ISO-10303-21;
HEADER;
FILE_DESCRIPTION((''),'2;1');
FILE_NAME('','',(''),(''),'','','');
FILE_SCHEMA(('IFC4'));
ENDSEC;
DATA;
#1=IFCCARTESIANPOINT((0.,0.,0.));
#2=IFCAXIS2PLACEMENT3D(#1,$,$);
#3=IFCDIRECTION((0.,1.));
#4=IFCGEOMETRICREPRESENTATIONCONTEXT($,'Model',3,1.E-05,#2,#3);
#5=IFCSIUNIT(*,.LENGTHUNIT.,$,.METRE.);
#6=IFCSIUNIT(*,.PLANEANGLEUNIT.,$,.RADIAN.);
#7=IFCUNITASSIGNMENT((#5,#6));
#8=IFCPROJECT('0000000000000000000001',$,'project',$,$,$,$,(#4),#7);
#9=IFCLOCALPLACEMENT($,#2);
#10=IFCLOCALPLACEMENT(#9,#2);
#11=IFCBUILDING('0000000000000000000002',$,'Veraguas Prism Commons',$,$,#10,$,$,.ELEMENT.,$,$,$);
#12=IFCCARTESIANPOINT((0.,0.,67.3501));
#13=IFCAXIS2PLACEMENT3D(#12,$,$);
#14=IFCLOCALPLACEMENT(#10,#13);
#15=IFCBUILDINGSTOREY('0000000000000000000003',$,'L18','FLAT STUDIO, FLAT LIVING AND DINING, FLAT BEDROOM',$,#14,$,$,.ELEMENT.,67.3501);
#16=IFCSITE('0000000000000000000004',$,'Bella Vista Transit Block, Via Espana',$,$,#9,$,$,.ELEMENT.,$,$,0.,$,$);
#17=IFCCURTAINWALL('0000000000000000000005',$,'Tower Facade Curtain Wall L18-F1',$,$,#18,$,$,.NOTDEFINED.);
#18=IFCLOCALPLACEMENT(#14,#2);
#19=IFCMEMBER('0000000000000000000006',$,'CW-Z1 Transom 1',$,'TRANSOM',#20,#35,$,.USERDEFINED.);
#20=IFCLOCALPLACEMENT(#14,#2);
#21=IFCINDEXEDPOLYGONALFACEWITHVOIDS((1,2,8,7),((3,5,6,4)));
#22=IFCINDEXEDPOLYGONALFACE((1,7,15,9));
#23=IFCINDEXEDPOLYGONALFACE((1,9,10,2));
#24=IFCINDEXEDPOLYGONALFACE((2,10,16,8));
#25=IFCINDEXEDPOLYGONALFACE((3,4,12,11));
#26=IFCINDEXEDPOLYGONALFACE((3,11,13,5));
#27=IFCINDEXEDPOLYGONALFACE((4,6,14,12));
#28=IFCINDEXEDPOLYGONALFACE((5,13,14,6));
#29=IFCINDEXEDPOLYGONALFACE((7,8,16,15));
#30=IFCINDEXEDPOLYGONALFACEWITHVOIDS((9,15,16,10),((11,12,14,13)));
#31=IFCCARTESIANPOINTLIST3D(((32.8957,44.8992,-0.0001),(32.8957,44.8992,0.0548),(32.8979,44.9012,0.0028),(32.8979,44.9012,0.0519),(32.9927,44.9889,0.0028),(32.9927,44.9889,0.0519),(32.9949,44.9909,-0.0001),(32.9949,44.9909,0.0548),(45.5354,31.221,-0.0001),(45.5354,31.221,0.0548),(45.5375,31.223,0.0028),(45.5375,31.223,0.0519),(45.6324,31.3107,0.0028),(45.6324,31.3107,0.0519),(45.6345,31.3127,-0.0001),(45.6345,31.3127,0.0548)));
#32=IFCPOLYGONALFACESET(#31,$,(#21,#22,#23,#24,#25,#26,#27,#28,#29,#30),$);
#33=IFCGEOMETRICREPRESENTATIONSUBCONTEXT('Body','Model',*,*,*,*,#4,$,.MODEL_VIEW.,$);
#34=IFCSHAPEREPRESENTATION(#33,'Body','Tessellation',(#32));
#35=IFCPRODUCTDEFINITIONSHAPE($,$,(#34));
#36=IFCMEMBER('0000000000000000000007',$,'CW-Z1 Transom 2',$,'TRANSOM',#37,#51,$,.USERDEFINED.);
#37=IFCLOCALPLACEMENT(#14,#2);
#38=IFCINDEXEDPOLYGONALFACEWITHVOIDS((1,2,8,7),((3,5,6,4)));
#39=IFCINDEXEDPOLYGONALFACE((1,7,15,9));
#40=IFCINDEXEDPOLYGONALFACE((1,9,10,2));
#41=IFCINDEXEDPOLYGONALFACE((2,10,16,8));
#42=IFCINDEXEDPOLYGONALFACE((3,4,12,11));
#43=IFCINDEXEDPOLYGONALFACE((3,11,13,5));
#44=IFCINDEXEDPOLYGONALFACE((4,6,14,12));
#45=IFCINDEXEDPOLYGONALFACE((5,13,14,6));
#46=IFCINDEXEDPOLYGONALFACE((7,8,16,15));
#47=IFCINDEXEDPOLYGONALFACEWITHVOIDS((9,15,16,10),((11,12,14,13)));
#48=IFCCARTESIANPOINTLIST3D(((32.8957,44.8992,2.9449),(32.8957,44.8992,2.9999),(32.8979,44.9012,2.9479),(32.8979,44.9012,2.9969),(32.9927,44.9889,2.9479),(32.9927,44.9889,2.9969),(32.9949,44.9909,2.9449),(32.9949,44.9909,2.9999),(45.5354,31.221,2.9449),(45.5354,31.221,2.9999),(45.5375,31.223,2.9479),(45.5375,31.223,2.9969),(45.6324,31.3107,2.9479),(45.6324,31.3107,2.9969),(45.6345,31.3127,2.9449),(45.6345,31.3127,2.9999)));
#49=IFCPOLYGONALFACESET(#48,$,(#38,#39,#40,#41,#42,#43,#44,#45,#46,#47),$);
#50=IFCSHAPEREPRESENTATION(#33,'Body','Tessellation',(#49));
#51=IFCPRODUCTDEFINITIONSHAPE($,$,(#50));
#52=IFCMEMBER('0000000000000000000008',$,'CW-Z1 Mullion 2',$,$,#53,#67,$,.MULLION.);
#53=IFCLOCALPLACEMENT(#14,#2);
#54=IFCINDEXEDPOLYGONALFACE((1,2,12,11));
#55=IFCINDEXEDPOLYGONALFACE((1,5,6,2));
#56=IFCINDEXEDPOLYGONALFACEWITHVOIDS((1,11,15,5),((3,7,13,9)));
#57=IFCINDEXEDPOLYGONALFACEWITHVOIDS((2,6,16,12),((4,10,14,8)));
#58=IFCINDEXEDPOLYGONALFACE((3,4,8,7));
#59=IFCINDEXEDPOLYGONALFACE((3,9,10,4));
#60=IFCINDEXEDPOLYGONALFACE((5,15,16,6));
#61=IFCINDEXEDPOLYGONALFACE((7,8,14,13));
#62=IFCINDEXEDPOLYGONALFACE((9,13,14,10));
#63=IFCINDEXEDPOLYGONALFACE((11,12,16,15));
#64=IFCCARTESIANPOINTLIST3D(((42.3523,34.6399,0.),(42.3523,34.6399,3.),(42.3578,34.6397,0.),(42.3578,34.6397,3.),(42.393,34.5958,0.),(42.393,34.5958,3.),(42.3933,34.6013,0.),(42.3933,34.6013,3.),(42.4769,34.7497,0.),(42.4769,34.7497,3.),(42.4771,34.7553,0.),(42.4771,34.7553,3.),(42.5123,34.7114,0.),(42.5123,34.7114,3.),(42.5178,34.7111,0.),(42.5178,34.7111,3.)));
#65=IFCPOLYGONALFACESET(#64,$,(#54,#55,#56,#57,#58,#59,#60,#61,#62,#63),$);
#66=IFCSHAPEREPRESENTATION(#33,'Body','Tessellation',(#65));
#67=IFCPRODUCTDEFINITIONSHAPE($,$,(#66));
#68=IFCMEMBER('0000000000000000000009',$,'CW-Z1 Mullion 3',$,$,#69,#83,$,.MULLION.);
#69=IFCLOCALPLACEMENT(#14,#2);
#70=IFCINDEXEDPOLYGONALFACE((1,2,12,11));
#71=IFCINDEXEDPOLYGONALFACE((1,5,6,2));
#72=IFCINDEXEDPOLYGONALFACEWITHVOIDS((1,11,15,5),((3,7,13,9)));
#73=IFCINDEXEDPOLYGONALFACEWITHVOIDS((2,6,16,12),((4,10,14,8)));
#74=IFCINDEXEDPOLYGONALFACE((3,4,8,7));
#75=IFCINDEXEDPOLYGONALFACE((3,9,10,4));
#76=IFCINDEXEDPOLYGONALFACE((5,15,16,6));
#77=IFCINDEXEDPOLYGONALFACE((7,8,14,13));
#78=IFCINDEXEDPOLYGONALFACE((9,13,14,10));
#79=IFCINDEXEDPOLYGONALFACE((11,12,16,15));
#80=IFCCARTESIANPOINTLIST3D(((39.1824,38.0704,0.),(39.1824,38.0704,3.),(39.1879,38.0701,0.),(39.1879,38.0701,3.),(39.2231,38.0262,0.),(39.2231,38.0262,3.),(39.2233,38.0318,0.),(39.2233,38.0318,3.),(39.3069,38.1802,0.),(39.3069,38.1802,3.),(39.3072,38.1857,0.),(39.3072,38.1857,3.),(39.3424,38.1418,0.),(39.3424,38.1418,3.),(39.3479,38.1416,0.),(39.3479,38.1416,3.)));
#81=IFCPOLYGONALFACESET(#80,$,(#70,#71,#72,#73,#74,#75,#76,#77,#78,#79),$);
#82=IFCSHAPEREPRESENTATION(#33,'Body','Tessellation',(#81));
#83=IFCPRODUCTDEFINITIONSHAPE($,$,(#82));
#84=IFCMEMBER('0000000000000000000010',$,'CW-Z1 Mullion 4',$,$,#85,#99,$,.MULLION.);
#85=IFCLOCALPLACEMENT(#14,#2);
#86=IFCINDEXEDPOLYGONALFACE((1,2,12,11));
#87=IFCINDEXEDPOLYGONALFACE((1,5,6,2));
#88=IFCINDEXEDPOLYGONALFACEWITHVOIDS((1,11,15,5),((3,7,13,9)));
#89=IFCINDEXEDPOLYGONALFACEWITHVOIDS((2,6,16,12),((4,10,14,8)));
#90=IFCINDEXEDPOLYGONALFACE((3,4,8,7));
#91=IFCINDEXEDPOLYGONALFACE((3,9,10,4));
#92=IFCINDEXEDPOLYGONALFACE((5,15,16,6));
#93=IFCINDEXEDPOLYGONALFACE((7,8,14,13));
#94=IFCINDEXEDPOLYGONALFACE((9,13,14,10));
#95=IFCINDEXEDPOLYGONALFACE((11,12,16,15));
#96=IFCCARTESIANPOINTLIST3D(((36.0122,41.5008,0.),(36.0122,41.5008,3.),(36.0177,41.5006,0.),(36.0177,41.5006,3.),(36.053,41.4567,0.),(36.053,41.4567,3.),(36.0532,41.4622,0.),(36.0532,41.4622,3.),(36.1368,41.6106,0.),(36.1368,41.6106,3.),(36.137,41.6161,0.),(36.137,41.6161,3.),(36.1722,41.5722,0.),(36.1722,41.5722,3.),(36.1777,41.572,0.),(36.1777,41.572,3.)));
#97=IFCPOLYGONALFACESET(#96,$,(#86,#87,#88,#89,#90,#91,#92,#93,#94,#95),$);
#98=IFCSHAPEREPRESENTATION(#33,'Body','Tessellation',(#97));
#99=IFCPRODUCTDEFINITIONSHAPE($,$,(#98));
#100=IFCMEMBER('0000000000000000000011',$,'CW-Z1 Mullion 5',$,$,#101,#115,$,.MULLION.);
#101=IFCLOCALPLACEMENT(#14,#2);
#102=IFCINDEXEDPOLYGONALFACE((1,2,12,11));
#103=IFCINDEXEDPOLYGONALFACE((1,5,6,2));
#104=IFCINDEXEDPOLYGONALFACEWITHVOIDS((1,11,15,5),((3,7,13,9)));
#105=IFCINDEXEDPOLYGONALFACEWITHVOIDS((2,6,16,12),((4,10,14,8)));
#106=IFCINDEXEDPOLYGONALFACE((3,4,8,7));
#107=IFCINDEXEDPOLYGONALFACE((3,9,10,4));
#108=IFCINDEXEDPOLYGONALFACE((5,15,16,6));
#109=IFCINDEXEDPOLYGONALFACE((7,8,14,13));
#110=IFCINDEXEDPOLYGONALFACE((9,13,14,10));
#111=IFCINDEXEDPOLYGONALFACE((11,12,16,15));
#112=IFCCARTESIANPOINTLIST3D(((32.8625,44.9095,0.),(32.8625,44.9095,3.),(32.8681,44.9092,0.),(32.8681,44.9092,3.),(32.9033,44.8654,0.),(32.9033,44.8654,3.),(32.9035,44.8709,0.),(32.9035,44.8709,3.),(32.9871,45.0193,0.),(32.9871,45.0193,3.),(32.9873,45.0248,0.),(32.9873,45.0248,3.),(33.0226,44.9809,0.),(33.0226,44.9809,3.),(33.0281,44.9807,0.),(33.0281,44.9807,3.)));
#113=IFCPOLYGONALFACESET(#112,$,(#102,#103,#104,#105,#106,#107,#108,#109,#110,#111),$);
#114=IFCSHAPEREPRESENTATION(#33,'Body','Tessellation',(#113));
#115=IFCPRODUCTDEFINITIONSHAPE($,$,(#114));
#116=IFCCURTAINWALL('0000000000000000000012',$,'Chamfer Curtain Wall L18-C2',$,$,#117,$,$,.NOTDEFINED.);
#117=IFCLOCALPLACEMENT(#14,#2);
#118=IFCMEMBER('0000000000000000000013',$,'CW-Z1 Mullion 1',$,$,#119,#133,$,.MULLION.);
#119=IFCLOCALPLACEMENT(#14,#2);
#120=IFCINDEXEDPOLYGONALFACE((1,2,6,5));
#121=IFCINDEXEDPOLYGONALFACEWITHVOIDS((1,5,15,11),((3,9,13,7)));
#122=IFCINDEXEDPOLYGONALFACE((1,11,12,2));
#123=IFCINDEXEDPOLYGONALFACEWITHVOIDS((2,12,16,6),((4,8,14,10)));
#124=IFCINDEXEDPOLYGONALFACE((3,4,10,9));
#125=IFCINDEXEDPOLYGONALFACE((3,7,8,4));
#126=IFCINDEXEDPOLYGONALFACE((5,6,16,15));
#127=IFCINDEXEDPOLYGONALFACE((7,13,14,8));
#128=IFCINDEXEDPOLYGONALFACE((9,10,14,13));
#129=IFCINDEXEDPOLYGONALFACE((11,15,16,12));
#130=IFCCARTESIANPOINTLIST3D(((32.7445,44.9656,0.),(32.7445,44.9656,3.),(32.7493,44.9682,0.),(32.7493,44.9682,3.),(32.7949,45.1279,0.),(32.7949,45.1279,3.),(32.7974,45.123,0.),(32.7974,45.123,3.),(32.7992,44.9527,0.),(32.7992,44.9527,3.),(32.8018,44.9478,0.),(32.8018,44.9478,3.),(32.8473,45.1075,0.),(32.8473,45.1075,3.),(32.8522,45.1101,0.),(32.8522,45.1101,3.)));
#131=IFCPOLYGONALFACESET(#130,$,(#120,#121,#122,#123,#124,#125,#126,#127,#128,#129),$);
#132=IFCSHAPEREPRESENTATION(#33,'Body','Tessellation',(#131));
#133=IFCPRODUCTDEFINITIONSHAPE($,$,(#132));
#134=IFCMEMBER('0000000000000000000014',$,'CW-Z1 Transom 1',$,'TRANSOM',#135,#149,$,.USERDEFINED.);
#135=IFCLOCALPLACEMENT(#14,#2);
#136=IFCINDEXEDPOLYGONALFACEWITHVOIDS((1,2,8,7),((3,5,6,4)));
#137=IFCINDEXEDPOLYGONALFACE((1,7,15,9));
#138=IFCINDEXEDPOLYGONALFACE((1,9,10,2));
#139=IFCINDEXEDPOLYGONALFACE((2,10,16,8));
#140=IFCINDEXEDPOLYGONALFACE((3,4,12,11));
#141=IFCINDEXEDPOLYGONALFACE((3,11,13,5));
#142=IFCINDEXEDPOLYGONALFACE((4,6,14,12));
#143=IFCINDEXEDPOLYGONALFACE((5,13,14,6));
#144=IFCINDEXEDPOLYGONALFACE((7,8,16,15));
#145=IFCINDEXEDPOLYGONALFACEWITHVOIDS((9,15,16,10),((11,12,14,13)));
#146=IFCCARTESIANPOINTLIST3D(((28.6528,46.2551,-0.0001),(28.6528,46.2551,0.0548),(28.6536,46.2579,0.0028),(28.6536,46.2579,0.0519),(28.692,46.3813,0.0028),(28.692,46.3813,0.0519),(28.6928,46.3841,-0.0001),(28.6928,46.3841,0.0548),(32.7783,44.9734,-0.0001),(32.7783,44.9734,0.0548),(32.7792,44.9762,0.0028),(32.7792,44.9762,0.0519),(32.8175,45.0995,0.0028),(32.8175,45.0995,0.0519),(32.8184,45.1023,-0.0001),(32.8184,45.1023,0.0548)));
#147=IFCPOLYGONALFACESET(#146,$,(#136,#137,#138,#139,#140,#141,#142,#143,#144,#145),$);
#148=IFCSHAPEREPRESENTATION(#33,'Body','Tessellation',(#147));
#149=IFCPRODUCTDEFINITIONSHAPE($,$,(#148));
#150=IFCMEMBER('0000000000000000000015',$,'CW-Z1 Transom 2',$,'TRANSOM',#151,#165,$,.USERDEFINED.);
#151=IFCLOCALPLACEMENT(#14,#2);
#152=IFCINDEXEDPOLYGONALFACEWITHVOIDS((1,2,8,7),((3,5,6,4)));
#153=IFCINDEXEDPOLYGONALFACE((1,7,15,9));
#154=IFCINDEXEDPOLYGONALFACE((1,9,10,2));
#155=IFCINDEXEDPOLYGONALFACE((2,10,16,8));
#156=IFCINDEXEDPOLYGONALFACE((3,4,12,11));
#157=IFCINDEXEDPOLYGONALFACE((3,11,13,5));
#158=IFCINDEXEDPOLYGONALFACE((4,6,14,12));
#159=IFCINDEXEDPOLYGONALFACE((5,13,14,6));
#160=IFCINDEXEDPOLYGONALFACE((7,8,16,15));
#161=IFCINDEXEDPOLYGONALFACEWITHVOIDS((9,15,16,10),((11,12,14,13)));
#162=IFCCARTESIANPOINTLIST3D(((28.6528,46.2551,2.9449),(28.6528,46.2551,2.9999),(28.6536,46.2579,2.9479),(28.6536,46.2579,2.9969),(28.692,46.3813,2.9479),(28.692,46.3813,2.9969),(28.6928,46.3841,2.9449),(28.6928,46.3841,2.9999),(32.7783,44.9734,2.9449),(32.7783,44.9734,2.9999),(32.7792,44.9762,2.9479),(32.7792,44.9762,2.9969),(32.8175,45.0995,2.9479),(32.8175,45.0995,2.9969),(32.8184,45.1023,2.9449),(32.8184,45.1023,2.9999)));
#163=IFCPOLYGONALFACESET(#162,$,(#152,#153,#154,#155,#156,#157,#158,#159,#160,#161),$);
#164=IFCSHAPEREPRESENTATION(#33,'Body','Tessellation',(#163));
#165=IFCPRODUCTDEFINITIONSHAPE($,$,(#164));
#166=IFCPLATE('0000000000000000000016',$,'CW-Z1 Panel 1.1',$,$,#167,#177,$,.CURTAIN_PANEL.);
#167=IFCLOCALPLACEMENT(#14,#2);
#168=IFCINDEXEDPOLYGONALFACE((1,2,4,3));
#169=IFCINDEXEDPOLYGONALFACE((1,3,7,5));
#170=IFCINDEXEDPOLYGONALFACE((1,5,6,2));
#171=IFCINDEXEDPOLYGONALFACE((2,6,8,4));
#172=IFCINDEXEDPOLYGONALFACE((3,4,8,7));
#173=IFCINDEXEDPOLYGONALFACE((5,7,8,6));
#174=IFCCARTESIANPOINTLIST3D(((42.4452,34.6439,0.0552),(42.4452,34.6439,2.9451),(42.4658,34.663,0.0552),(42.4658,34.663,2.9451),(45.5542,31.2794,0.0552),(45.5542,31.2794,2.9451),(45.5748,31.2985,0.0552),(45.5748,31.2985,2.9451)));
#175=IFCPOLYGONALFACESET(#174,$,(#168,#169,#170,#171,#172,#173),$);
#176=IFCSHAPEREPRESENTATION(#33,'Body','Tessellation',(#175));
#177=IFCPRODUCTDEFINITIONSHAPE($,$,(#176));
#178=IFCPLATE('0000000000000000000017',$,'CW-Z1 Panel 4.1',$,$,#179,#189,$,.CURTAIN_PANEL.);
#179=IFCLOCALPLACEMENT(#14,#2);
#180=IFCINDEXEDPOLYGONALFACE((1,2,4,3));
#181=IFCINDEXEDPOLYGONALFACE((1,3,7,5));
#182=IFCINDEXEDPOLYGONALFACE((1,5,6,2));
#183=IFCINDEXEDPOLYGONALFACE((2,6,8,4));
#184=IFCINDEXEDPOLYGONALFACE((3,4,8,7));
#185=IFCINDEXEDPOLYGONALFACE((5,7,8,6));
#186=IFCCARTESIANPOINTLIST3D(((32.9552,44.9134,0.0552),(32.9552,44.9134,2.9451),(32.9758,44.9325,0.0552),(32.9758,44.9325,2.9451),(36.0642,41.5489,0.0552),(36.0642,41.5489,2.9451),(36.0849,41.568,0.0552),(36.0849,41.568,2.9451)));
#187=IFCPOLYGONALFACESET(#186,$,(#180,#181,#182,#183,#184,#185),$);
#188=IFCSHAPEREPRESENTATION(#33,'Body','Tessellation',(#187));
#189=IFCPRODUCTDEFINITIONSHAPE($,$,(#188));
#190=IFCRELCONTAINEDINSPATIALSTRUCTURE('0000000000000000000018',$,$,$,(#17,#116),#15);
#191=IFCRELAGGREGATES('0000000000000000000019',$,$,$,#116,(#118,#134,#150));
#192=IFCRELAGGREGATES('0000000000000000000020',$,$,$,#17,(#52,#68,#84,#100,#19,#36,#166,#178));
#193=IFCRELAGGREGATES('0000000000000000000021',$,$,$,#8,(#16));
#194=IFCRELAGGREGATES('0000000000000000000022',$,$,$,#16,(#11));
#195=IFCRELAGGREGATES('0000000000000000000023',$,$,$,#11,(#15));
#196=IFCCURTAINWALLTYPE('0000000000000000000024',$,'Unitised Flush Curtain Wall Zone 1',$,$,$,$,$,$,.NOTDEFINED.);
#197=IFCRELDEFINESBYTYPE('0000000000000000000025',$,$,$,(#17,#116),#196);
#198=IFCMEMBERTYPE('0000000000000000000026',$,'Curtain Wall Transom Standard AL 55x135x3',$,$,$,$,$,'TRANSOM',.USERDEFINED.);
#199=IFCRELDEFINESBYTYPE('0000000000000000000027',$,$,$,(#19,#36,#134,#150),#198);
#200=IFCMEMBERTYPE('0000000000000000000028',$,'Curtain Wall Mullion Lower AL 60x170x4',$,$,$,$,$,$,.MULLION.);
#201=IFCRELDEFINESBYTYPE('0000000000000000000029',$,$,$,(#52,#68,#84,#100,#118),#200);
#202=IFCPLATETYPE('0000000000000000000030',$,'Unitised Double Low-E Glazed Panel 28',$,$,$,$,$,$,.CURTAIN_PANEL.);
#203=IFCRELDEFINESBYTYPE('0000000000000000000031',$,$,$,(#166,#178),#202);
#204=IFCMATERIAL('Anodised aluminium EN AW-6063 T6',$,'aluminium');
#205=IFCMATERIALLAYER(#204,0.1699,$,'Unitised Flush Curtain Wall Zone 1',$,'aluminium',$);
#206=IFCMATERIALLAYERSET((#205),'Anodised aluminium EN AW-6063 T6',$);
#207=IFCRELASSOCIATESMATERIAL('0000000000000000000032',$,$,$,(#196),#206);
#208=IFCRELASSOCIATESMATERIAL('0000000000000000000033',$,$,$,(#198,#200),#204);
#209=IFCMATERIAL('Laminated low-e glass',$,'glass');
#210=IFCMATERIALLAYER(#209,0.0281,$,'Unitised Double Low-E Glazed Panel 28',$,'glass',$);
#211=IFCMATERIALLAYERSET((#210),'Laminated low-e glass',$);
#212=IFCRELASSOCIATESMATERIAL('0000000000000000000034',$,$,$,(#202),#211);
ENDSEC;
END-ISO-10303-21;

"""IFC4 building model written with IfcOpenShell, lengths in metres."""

from ifc_helpers import new_model, si_unit, direction, frame, origin, origin_2d, place, context, subcontext, project, spatial, rectangle, hollow_rectangle, extrude, source, transform, mapped, material, layer, layer_set, material_profile, profile_set, type_object, element, aggregate, save


model = new_model("IFC4")

# Units and contexts
model_context = context("Model", 3, precision=1e-05, world=origin(), true_north=direction((0.0, 1.0)))
body_context = subcontext(model_context, "Body", "Model", "MODEL_VIEW")
ifc_project = project(units=[si_unit("LENGTHUNIT", "METRE"), si_unit("PLANEANGLEUNIT", "RADIAN")], contexts=[model_context])

# Site, building, storey
site_placement = place(None, origin())
site = spatial("IfcSite", under=ifc_project, at=site_placement, Name="Bella Vista Transit Block, Via Espana", CompositionType="ELEMENT", RefElevation=0.0)
building_placement = place(site_placement, origin())
building = spatial("IfcBuilding", under=site, at=building_placement, Name="Veraguas Prism Commons", CompositionType="ELEMENT")
storey_placement = place(building_placement, frame((0.0, 0.0, 67.3501)))
storey = spatial("IfcBuildingStorey", under=building, at=storey_placement, Name="L18", Description="FLAT STUDIO, FLAT LIVING AND DINING, FLAT BEDROOM", CompositionType="ELEMENT", Elevation=67.3501)

# Curtain walls, members
ifc_material_1 = material(Name="Anodised aluminium EN AW-6063 T6", Category="aluminium")
ifc_layer_1 = layer(ifc_material_1, 0.1699, Name="Unitised Flush Curtain Wall Zone 1", Category="aluminium")
ifc_layer_set_1 = layer_set([ifc_layer_1], Name="Anodised aluminium EN AW-6063 T6")
curtain_wall_type = type_object("IfcCurtainWallType", Name="Unitised Flush Curtain Wall Zone 1", PredefinedType="NOTDEFINED", material=ifc_layer_set_1)
curtain_wall_1_placement = place(storey_placement, origin())
curtain_wall_1 = element("IfcCurtainWall", 1, at=curtain_wall_1_placement, inside=storey, type_object=curtain_wall_type, Name="Tower Facade Curtain Wall L18-F1", PredefinedType="NOTDEFINED")
ifc_material_profile_1 = material_profile(ifc_material_1, hollow_rectangle(XDim=0.0549, YDim=0.135, WallThickness=0.0029, at=origin_2d()), Name="AL55X135X3")
ifc_profile_set_1 = profile_set([ifc_material_profile_1], Name="Anodised aluminium EN AW-6063 T6")
member_type_1 = type_object("IfcMemberType", Name="Curtain Wall Transom Standard AL 55x135x3", ElementType="TRANSOM", PredefinedType="USERDEFINED", material=ifc_profile_set_1)
shared_shape_1 = source(origin(), body_context, "Body", "SweptSolid", [
    extrude(hollow_rectangle(XDim=0.0549, YDim=0.135, WallThickness=0.0029, at=origin_2d()), origin(), (0.0, 0.0, 1.0), 18.624),
])
member_1_placement = place(storey_placement, frame((45.585, 31.2668, 0.0273), z_axis=(-0.678674, 0.734439, 0.0), x_axis=(0.0, 0.0, 1.0)))
member_1 = element("IfcMember", 2, at=member_1_placement, type_object=member_type_1, Name="CW-Z1 Transom 1", ObjectType="TRANSOM", PredefinedType="USERDEFINED", context=body_context, shape_type="MappedRepresentation", body=[
    mapped(shared_shape_1, transform((0.0, 0.0, 0.0), scale=1.0)),
])
member_2_placement = place(storey_placement, frame((45.585, 31.2668, 2.9724), z_axis=(-0.678674, 0.734439, 0.0), x_axis=(0.0, 0.0, 1.0)))
member_2 = element("IfcMember", 3, at=member_2_placement, type_object=member_type_1, Name="CW-Z1 Transom 2", ObjectType="TRANSOM", PredefinedType="USERDEFINED", context=body_context, shape_type="MappedRepresentation", body=[
    mapped(shared_shape_1, transform((0.0, 0.0, 0.0), scale=1.0)),
])
ifc_material_profile_2 = material_profile(ifc_material_1, hollow_rectangle(XDim=0.0601, YDim=0.1699, WallThickness=0.0039, at=origin_2d()), Name="AL60X170X4")
ifc_profile_set_2 = profile_set([ifc_material_profile_2], Name="Anodised aluminium EN AW-6063 T6")
member_type_2 = type_object("IfcMemberType", Name="Curtain Wall Mullion Lower AL 60x170x4", PredefinedType="MULLION", material=ifc_profile_set_2)
shared_shape_2 = source(origin(), body_context, "Body", "SweptSolid", [
    extrude(hollow_rectangle(XDim=0.0601, YDim=0.1699, WallThickness=0.0039, at=origin_2d()), origin(), (0.0, 0.0, 1.0), 3.0),
])
member_3_placement = place(storey_placement, frame((42.4351, 34.6755, 0.0), z_axis=(0.0, 0.0, 1.0), x_axis=(-0.678678, 0.734436, 0.0)))
member_3 = element("IfcMember", 4, at=member_3_placement, type_object=member_type_2, Name="CW-Z1 Mullion 2", PredefinedType="MULLION", context=body_context, shape_type="MappedRepresentation", body=[
    mapped(shared_shape_2, transform((0.0, 0.0, 0.0), scale=1.0)),
])
member_4_placement = place(storey_placement, frame((39.2651, 38.106, 0.0), z_axis=(0.0, 0.0, 1.0), x_axis=(-0.678678, 0.734436, 0.0)))
member_4 = element("IfcMember", 5, at=member_4_placement, type_object=member_type_2, Name="CW-Z1 Mullion 3", PredefinedType="MULLION", context=body_context, shape_type="MappedRepresentation", body=[
    mapped(shared_shape_2, transform((0.0, 0.0, 0.0), scale=1.0)),
])
member_5_placement = place(storey_placement, frame((36.095, 41.5364, 0.0), z_axis=(0.0, 0.0, 1.0), x_axis=(-0.678678, 0.734436, 0.0)))
member_5 = element("IfcMember", 6, at=member_5_placement, type_object=member_type_2, Name="CW-Z1 Mullion 4", PredefinedType="MULLION", context=body_context, shape_type="MappedRepresentation", body=[
    mapped(shared_shape_2, transform((0.0, 0.0, 0.0), scale=1.0)),
])
member_6_placement = place(storey_placement, frame((32.9453, 44.9451, 0.0), z_axis=(0.0, 0.0, 1.0), x_axis=(-0.678678, 0.734436, 0.0)))
member_6 = element("IfcMember", 7, at=member_6_placement, type_object=member_type_2, Name="CW-Z1 Mullion 5", PredefinedType="MULLION", context=body_context, shape_type="MappedRepresentation", body=[
    mapped(shared_shape_2, transform((0.0, 0.0, 0.0), scale=1.0)),
])
curtain_wall_2_placement = place(storey_placement, origin())
curtain_wall_2 = element("IfcCurtainWall", 8, at=curtain_wall_2_placement, inside=storey, type_object=curtain_wall_type, Name="Chamfer Curtain Wall L18-C2", PredefinedType="NOTDEFINED")
member_7_placement = place(storey_placement, frame((32.7983, 45.0378, 0.0), z_axis=(0.0, 0.0, 1.0), x_axis=(-0.954966, 0.296717, 0.0)))
member_7 = element("IfcMember", 9, at=member_7_placement, type_object=member_type_2, Name="CW-Z1 Mullion 1", PredefinedType="MULLION", context=body_context, shape_type="MappedRepresentation", body=[
    mapped(shared_shape_2, transform((0.0, 0.0, 0.0), scale=1.0)),
])
shared_shape_3 = source(origin(), body_context, "Body", "SweptSolid", [
    extrude(hollow_rectangle(XDim=0.0549, YDim=0.135, WallThickness=0.0029, at=origin_2d()), origin(), (0.0, 0.0, 1.0), 4.3201),
])
member_8_placement = place(storey_placement, frame((32.7983, 45.0378, 0.0273), z_axis=(-0.954971, 0.296698, 0.0), x_axis=(0.0, 0.0, 1.0)))
member_8 = element("IfcMember", 10, at=member_8_placement, type_object=member_type_1, Name="CW-Z1 Transom 1", ObjectType="TRANSOM", PredefinedType="USERDEFINED", context=body_context, shape_type="MappedRepresentation", body=[
    mapped(shared_shape_3, transform((0.0, 0.0, 0.0), scale=1.0)),
])
member_9_placement = place(storey_placement, frame((32.7983, 45.0378, 2.9724), z_axis=(-0.954971, 0.296698, 0.0), x_axis=(0.0, 0.0, 1.0)))
member_9 = element("IfcMember", 11, at=member_9_placement, type_object=member_type_1, Name="CW-Z1 Transom 2", ObjectType="TRANSOM", PredefinedType="USERDEFINED", context=body_context, shape_type="MappedRepresentation", body=[
    mapped(shared_shape_3, transform((0.0, 0.0, 0.0), scale=1.0)),
])
aggregate(curtain_wall_2, [member_7, member_8, member_9])

# Plates
ifc_material_2 = material(Name="Laminated low-e glass", Category="glass")
ifc_layer_2 = layer(ifc_material_2, 0.0281, Name="Unitised Double Low-E Glazed Panel 28", Category="glass")
ifc_layer_set_2 = layer_set([ifc_layer_2], Name="Laminated low-e glass")
plate_type = type_object("IfcPlateType", Name="Unitised Double Low-E Glazed Panel 28", PredefinedType="CURTAIN_PANEL", material=ifc_layer_set_2)
shared_shape_4 = source(origin(), body_context, "Body", "SweptSolid", [
    extrude(rectangle(XDim=4.5811, YDim=0.0281, at=origin_2d()), origin(), (0.0, 0.0, 1.0), 2.8899),
])
plate_1_placement = place(storey_placement, frame((44.01, 32.9712, 0.0552), z_axis=(0.0, 0.0, 1.0), x_axis=(-0.678678, 0.734436, 0.0)))
plate_1 = element("IfcPlate", 12, at=plate_1_placement, type_object=plate_type, Name="CW-Z1 Panel 1.1", PredefinedType="CURTAIN_PANEL", context=body_context, shape_type="MappedRepresentation", body=[
    mapped(shared_shape_4, transform((0.0, 0.0, 0.0), scale=1.0)),
])
plate_2_placement = place(storey_placement, frame((34.52, 43.2407, 0.0552), z_axis=(0.0, 0.0, 1.0), x_axis=(-0.678678, 0.734436, 0.0)))
plate_2 = element("IfcPlate", 13, at=plate_2_placement, type_object=plate_type, Name="CW-Z1 Panel 4.1", PredefinedType="CURTAIN_PANEL", context=body_context, shape_type="MappedRepresentation", body=[
    mapped(shared_shape_4, transform((0.0, 0.0, 0.0), scale=1.0)),
])
aggregate(curtain_wall_1, [member_3, member_4, member_5, member_6, member_1, member_2, plate_1, plate_2])

save(model, "model.ifc")
